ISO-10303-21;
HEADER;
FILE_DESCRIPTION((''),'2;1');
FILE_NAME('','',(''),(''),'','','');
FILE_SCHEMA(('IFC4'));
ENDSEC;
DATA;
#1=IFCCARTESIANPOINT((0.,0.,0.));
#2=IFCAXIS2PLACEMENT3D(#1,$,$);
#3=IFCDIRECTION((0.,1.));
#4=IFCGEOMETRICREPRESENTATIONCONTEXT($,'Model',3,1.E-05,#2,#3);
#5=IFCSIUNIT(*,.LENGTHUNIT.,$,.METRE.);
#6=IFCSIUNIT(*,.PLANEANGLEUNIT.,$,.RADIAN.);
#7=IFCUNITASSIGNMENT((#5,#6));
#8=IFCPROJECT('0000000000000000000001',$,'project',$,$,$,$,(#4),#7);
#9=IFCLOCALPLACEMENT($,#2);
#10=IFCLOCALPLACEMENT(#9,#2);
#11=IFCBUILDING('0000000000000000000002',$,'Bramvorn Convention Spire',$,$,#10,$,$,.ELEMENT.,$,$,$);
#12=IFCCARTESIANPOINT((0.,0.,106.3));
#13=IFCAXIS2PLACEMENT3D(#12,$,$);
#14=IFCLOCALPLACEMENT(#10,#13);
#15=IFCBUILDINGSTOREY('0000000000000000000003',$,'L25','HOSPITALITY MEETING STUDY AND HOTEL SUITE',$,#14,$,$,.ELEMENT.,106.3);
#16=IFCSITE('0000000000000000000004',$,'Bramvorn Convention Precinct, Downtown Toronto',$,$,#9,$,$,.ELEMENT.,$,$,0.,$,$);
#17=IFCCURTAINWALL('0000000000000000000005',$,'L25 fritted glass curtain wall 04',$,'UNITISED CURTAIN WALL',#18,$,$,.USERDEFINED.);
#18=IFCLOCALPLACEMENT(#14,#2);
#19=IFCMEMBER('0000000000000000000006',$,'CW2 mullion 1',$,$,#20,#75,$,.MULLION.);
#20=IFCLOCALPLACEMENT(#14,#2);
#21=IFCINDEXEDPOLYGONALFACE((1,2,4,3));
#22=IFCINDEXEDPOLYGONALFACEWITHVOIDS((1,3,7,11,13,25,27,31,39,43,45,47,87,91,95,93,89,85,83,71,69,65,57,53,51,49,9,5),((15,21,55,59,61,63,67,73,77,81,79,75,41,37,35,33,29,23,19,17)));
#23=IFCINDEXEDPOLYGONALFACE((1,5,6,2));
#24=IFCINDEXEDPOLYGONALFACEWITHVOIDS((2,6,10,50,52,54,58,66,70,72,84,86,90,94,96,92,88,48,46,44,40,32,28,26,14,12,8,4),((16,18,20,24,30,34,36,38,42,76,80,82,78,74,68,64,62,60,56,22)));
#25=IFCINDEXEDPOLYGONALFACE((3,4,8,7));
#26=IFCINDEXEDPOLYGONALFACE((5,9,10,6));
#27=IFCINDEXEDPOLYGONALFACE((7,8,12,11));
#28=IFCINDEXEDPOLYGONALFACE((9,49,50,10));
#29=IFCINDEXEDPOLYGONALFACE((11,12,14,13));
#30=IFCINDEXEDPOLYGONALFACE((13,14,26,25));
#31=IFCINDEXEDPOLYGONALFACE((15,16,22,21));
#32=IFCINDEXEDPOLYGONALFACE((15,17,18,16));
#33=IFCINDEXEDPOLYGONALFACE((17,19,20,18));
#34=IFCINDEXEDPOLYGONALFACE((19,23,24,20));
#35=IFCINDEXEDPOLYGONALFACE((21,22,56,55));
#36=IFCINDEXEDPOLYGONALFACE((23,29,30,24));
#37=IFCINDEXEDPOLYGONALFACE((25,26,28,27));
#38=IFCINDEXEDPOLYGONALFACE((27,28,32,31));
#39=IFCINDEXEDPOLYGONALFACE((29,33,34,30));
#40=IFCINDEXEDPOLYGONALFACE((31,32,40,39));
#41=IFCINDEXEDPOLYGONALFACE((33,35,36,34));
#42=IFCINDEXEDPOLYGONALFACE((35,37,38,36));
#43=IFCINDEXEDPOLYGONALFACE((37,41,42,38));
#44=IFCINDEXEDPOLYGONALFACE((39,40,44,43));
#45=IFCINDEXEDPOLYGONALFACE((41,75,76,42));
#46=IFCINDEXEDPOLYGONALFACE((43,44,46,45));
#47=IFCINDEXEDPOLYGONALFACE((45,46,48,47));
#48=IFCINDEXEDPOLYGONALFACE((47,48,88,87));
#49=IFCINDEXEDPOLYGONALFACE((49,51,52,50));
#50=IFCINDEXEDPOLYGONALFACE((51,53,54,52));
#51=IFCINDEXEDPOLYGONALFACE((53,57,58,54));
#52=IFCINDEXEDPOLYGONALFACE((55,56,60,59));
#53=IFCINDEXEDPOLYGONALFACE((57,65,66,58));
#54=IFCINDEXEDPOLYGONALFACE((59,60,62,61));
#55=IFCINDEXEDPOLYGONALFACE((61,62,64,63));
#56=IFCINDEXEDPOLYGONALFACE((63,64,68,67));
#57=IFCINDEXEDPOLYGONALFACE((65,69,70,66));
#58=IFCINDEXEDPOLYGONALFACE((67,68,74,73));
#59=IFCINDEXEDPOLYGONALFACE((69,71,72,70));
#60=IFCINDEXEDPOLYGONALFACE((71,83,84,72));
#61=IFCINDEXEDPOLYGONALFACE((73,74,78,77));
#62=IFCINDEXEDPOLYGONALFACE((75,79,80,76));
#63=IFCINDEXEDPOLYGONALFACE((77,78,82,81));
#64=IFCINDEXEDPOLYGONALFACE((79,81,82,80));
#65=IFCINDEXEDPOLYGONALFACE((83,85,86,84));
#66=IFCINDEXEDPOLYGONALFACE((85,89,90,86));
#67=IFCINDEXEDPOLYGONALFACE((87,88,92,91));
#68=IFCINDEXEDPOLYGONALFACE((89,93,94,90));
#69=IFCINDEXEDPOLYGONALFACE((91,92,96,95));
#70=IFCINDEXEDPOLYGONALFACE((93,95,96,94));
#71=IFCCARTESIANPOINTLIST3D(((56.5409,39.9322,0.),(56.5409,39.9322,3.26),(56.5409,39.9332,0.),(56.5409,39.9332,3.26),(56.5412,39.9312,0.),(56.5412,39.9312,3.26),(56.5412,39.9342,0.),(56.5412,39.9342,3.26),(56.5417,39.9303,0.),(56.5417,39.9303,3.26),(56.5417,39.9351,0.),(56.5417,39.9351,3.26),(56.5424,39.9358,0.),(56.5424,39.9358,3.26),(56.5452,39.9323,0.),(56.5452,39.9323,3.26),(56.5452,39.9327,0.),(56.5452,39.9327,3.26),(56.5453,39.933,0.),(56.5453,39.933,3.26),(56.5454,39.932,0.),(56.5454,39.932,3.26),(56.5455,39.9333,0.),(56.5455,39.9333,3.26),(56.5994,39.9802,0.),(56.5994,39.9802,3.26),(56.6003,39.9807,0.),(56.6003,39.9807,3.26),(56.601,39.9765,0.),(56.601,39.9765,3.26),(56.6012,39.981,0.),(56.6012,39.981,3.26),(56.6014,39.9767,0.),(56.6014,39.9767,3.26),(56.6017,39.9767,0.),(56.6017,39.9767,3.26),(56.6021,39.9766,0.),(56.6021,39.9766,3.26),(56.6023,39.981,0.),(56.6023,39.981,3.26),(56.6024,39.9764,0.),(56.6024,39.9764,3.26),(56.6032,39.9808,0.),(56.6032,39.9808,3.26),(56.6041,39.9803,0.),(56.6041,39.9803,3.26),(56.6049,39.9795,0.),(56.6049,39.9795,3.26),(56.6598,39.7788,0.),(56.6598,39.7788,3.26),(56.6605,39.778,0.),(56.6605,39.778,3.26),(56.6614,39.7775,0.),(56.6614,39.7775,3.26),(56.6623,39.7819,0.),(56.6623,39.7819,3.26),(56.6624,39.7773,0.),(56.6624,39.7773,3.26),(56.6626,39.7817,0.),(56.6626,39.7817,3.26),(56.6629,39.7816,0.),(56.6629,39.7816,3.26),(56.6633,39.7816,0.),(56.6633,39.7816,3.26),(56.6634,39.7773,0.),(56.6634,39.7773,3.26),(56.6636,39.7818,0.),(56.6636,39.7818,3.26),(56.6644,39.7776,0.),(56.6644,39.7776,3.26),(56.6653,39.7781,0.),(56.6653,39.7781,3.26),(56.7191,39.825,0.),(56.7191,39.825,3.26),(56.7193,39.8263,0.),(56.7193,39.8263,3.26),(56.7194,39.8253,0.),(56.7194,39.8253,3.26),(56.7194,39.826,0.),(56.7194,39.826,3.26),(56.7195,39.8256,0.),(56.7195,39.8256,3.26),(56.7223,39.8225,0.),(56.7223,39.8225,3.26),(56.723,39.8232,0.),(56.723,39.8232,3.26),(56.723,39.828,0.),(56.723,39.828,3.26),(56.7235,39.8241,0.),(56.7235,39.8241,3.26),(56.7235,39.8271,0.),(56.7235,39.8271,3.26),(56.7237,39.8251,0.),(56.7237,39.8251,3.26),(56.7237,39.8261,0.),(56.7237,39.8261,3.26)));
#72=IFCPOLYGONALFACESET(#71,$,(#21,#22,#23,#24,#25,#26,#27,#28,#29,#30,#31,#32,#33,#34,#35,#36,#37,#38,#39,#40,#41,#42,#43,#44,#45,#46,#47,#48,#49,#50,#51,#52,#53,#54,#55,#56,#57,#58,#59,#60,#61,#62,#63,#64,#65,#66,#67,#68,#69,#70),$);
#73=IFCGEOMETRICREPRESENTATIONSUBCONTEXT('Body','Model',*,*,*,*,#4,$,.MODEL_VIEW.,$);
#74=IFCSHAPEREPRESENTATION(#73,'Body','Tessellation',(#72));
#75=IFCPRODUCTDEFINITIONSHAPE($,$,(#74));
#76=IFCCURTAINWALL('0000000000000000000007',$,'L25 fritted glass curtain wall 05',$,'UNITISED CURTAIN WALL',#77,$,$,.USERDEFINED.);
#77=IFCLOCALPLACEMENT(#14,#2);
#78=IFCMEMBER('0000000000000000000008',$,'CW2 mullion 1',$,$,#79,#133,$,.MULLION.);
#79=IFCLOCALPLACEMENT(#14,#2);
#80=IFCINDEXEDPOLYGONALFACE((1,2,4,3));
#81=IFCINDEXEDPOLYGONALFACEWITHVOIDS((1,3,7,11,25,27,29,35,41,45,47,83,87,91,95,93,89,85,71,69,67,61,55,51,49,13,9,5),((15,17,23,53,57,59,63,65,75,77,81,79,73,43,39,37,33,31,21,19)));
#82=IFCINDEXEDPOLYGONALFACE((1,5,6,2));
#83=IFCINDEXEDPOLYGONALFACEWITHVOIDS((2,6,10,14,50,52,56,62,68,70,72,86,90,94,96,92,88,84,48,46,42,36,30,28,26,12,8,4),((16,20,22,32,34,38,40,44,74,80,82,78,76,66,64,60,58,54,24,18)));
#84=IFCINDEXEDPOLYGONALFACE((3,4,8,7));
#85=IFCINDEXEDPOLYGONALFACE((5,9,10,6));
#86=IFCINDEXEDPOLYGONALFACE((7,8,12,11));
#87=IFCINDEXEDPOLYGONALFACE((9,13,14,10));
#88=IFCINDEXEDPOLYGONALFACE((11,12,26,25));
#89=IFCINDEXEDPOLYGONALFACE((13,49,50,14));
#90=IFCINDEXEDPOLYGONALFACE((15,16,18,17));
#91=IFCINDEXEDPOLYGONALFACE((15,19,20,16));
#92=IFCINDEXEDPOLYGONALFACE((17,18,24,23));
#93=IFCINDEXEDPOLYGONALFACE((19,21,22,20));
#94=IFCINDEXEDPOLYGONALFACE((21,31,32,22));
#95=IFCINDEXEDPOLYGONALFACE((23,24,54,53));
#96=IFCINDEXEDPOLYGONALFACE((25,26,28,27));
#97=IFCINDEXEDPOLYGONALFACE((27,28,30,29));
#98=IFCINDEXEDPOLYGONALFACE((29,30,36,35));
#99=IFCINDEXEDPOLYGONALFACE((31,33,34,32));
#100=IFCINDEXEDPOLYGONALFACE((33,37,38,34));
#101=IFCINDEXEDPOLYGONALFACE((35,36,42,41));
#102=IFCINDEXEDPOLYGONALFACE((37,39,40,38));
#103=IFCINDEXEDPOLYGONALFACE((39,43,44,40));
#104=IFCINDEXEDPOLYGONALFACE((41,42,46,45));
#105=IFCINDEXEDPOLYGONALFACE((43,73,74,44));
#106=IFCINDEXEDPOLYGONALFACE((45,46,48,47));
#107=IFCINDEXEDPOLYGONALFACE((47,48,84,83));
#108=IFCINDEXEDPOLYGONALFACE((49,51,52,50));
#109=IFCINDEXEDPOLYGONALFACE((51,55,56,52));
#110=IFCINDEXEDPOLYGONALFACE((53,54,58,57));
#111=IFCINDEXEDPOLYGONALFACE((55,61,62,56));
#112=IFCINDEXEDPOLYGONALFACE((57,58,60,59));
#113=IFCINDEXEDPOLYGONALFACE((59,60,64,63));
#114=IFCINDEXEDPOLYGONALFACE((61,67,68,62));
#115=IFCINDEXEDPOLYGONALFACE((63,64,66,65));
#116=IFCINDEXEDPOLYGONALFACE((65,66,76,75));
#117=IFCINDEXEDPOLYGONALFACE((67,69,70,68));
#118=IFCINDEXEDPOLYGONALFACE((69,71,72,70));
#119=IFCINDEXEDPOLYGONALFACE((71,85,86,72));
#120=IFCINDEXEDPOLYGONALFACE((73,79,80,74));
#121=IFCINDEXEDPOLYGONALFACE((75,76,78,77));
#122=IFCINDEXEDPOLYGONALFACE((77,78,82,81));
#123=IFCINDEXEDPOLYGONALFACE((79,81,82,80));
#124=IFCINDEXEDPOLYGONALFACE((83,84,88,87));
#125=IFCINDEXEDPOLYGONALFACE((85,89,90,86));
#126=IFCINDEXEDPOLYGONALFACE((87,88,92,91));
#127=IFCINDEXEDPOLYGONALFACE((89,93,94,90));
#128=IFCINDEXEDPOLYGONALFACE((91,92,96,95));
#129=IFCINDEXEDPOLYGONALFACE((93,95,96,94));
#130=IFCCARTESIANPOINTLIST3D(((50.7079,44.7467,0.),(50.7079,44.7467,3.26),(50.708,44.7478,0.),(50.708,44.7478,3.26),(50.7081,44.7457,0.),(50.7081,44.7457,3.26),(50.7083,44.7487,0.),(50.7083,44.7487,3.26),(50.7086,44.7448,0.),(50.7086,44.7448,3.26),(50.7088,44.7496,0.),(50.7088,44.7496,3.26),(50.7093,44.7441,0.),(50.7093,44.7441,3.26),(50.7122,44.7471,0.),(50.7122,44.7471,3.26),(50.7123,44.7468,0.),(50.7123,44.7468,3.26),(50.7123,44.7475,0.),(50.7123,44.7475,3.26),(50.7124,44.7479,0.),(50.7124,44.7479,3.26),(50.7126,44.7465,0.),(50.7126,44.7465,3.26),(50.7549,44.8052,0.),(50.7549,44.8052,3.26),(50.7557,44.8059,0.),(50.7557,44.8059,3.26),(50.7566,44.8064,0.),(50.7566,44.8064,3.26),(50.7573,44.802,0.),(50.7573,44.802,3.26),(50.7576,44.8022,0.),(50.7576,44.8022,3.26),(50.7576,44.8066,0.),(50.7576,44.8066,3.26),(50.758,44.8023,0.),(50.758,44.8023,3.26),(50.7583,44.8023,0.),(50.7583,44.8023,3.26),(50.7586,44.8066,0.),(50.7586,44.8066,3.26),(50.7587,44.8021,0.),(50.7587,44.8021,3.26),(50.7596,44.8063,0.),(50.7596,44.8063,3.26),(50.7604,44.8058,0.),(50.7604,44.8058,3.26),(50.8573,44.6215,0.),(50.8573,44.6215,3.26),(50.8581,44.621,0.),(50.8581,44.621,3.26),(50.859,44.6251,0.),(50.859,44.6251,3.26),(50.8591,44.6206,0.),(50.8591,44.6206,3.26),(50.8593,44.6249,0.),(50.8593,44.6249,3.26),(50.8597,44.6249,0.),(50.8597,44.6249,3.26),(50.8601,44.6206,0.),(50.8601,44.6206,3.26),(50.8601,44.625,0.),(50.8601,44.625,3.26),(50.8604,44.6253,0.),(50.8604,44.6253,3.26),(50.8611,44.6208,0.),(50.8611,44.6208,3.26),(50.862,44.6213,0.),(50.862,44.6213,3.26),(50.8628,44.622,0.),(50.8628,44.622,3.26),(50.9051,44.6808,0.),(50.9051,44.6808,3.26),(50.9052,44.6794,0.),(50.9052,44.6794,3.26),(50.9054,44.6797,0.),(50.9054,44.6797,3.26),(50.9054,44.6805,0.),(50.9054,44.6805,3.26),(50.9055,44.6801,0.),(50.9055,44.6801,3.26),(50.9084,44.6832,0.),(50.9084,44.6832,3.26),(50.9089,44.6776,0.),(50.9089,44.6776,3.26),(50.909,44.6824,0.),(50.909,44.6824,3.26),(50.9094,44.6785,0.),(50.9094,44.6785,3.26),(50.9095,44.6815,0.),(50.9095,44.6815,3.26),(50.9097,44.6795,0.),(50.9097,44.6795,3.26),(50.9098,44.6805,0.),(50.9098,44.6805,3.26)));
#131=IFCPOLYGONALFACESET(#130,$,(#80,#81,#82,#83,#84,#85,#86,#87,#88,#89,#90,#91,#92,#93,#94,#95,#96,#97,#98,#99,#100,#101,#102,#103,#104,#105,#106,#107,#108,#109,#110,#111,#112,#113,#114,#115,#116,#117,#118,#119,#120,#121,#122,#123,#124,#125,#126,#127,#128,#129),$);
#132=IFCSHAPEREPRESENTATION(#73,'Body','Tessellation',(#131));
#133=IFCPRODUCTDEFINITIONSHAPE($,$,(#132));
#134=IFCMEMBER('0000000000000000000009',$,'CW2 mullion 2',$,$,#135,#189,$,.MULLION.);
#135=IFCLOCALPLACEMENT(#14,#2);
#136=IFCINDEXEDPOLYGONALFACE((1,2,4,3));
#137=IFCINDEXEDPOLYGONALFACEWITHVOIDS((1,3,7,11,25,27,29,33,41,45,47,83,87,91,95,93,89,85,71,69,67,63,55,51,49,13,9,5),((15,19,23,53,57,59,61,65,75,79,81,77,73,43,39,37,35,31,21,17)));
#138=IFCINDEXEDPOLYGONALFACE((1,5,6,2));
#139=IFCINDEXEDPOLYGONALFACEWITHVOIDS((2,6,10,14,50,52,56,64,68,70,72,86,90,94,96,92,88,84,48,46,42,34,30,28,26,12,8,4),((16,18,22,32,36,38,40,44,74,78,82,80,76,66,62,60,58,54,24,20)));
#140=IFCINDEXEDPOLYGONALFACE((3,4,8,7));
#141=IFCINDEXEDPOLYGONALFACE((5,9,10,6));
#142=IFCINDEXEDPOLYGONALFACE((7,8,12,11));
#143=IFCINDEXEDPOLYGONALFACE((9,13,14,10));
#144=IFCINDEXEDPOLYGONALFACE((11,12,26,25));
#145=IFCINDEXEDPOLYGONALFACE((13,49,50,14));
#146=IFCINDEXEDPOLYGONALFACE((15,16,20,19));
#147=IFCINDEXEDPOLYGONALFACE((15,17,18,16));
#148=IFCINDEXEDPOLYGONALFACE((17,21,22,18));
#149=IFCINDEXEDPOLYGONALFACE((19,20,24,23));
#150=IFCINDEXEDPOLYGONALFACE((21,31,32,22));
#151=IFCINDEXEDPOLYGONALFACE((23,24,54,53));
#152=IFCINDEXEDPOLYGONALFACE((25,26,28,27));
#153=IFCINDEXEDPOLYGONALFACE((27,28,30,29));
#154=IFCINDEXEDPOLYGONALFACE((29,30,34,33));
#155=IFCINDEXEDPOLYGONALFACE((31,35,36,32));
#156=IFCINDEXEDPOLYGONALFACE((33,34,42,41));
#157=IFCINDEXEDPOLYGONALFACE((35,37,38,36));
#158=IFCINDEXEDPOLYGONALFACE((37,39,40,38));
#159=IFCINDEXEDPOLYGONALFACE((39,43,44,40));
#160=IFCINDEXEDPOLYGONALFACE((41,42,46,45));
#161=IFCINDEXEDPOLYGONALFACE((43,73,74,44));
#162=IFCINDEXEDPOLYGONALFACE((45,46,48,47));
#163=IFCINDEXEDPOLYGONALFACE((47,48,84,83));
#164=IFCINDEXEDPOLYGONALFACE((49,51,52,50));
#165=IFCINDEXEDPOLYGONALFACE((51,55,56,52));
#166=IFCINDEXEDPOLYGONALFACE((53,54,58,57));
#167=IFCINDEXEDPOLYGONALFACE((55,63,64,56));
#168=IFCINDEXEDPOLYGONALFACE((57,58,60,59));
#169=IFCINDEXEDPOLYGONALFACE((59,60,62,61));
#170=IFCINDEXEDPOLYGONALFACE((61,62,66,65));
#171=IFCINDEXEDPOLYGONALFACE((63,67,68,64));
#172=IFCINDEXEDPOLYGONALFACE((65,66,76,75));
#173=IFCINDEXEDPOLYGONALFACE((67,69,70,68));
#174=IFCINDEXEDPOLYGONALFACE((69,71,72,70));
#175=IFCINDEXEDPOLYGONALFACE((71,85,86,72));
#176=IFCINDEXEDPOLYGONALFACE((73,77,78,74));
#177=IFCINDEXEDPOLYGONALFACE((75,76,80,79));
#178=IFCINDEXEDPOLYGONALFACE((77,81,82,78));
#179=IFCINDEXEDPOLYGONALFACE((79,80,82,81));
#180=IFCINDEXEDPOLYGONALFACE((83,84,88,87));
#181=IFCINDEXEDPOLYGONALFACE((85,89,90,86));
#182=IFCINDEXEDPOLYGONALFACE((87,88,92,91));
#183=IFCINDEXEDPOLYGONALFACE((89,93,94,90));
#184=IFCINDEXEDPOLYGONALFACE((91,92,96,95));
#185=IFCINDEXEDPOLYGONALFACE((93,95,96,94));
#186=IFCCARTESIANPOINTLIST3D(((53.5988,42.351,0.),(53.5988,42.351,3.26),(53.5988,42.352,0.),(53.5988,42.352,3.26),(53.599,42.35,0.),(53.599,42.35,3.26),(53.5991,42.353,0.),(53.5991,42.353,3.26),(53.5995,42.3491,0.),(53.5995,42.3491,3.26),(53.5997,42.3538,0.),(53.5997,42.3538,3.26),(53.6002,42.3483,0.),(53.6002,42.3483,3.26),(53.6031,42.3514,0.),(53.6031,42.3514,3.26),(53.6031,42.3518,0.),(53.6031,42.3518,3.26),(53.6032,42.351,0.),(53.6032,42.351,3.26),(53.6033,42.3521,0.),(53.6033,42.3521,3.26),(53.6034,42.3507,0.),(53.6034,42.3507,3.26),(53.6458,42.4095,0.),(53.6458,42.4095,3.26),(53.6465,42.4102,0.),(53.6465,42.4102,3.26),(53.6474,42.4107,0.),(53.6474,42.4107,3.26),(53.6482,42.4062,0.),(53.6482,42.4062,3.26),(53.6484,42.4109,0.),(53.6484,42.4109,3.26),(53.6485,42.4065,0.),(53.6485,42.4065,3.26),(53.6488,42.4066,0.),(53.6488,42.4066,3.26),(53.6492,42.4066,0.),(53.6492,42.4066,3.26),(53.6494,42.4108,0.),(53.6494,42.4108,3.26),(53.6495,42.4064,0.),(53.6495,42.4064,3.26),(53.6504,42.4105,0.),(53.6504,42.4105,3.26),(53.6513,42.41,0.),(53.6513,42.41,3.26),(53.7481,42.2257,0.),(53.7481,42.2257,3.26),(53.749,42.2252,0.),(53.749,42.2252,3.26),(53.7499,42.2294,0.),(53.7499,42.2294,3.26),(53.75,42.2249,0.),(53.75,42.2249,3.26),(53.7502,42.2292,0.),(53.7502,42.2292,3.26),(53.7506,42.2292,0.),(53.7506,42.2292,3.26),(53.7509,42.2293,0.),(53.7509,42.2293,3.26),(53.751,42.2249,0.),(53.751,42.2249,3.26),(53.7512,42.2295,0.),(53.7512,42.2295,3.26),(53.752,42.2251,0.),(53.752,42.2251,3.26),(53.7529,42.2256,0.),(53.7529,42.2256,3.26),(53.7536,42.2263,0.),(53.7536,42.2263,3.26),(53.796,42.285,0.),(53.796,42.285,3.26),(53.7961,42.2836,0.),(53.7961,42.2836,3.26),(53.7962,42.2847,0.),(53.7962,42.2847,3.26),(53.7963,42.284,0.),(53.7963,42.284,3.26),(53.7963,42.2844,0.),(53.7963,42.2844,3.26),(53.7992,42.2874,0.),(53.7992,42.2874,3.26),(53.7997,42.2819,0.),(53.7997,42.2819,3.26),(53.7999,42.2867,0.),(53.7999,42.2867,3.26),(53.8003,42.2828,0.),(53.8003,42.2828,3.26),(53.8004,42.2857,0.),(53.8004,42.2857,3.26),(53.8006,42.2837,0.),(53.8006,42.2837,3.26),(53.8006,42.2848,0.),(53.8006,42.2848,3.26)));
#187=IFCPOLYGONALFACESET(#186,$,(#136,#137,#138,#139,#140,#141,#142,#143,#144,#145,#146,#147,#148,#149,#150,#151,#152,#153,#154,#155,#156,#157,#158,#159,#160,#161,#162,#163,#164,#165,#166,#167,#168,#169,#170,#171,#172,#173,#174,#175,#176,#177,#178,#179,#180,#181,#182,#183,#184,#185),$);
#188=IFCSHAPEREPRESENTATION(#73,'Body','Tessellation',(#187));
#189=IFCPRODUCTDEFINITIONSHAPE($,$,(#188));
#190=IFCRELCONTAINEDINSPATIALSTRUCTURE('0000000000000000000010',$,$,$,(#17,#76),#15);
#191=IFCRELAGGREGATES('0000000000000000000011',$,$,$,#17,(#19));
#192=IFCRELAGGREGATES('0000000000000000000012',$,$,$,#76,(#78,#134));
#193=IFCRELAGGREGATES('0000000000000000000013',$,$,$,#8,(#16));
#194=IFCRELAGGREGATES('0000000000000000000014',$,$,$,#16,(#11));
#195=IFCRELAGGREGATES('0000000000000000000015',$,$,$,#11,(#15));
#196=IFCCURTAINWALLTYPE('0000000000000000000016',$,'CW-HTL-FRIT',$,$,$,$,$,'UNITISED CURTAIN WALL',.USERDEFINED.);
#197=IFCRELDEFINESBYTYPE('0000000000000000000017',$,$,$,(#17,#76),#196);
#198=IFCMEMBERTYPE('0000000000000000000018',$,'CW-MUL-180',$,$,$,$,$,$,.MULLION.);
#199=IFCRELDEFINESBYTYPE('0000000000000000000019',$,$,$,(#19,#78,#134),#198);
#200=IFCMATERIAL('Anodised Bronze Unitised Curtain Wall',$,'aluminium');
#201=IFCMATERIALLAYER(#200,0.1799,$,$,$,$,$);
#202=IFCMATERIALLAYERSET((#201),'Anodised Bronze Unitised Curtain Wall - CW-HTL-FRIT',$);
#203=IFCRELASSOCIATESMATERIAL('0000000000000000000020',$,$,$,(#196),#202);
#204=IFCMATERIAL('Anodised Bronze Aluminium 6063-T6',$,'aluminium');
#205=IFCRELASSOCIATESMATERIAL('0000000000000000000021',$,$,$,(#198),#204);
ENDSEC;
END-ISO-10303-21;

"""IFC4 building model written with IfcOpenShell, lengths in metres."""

from ifc_helpers import new_model, si_unit, direction, frame, origin, origin_2d, place, context, subcontext, project, spatial, hollow_rectangle, extrude, material, layer, layer_set, material_profile, profile_set, type_object, element, aggregate, save


model = new_model("IFC4")

# Units and contexts
model_context = context("Model", 3, precision=1e-05, world=origin(), true_north=direction((0.0, 1.0)))
body_context = subcontext(model_context, "Body", "Model", "MODEL_VIEW")
ifc_project = project(units=[si_unit("LENGTHUNIT", "METRE"), si_unit("PLANEANGLEUNIT", "RADIAN")], contexts=[model_context])

# Site, building, storey
site_placement = place(None, origin())
site = spatial("IfcSite", under=ifc_project, at=site_placement, Name="Bramvorn Convention Precinct, Downtown Toronto", CompositionType="ELEMENT", RefElevation=0.0)
building_placement = place(site_placement, origin())
building = spatial("IfcBuilding", under=site, at=building_placement, Name="Bramvorn Convention Spire", CompositionType="ELEMENT")
storey_placement = place(building_placement, frame((0.0, 0.0, 106.3)))
storey = spatial("IfcBuildingStorey", under=building, at=storey_placement, Name="L25", Description="HOSPITALITY MEETING STUDY AND HOTEL SUITE", CompositionType="ELEMENT", Elevation=106.3)

# Curtain wall, member
ifc_material_1 = material(Name="Anodised Bronze Unitised Curtain Wall", Category="aluminium")
ifc_layer_1 = layer(ifc_material_1, 0.1799)
ifc_layer_set_1 = layer_set([ifc_layer_1], Name="Anodised Bronze Unitised Curtain Wall - CW-HTL-FRIT")
curtain_wall_type = type_object("IfcCurtainWallType", Name="CW-HTL-FRIT", ElementType="UNITISED CURTAIN WALL", PredefinedType="USERDEFINED", material=ifc_layer_set_1)
curtain_wall_1_placement = place(storey_placement, origin())
curtain_wall_1 = element("IfcCurtainWall", 1, at=curtain_wall_1_placement, inside=storey, type_object=curtain_wall_type, Name="L25 fritted glass curtain wall 04", ObjectType="UNITISED CURTAIN WALL", PredefinedType="USERDEFINED")
ifc_material_2 = material(Name="Anodised Bronze Aluminium 6063-T6", Category="aluminium")
ifc_material_profile_1 = material_profile(ifc_material_2, hollow_rectangle(XDim=0.0801, YDim=0.2, WallThickness=0.0039, InnerFilletRadius=0.001, OuterFilletRadius=0.0039, at=origin_2d()))
ifc_profile_set_1 = profile_set([ifc_material_profile_1], Name="Anodised Bronze Aluminium 6063-T6 - CWM80X200")
member_type_1 = type_object("IfcMemberType", Name="CW-MUL-180", PredefinedType="MULLION", material=ifc_profile_set_1)
member_1_placement = place(storey_placement, frame((56.6323, 39.8792, 0.0), z_axis=(0.0, 0.0, 1.0), x_axis=(0.78882, 0.614624, 0.0)))
member_1 = element("IfcMember", 2, at=member_1_placement, type_object=member_type_1, Name="CW2 mullion 1", PredefinedType="MULLION", context=body_context, shape_type="SweptSolid", body=[
    extrude(hollow_rectangle(XDim=0.0801, YDim=0.2, WallThickness=0.0039, InnerFilletRadius=0.001, OuterFilletRadius=0.0039, at=origin_2d()), origin(), (0.0, 0.0, 1.0), 3.26),
])

# Curtain wall, members
curtain_wall_2_placement = place(storey_placement, origin())
curtain_wall_2 = element("IfcCurtainWall", 3, at=curtain_wall_2_placement, inside=storey, type_object=curtain_wall_type, Name="L25 fritted glass curtain wall 05", ObjectType="UNITISED CURTAIN WALL", PredefinedType="USERDEFINED")
member_2_placement = place(storey_placement, frame((50.8088, 44.7136, 0.0), z_axis=(0.0, 0.0, 1.0), x_axis=(0.638095, 0.769958, 0.0)))
member_2 = element("IfcMember", 4, at=member_2_placement, type_object=member_type_1, Name="CW2 mullion 1", PredefinedType="MULLION", context=body_context, shape_type="SweptSolid", body=[
    extrude(hollow_rectangle(XDim=0.0801, YDim=0.2, WallThickness=0.0039, InnerFilletRadius=0.001, OuterFilletRadius=0.0039, at=origin_2d()), origin(), (0.0, 0.0, 1.0), 3.26),
])
member_3_placement = place(storey_placement, frame((53.6997, 42.3179, 0.0), z_axis=(0.0, 0.0, 1.0), x_axis=(0.638095, 0.769958, 0.0)))
member_3 = element("IfcMember", 5, at=member_3_placement, type_object=member_type_1, Name="CW2 mullion 2", PredefinedType="MULLION", context=body_context, shape_type="SweptSolid", body=[
    extrude(hollow_rectangle(XDim=0.0801, YDim=0.2, WallThickness=0.0039, InnerFilletRadius=0.001, OuterFilletRadius=0.0039, at=origin_2d()), origin(), (0.0, 0.0, 1.0), 3.26),
])

aggregate(curtain_wall_1, [member_1])
aggregate(curtain_wall_2, [member_2, member_3])

save(model, "model.ifc")
